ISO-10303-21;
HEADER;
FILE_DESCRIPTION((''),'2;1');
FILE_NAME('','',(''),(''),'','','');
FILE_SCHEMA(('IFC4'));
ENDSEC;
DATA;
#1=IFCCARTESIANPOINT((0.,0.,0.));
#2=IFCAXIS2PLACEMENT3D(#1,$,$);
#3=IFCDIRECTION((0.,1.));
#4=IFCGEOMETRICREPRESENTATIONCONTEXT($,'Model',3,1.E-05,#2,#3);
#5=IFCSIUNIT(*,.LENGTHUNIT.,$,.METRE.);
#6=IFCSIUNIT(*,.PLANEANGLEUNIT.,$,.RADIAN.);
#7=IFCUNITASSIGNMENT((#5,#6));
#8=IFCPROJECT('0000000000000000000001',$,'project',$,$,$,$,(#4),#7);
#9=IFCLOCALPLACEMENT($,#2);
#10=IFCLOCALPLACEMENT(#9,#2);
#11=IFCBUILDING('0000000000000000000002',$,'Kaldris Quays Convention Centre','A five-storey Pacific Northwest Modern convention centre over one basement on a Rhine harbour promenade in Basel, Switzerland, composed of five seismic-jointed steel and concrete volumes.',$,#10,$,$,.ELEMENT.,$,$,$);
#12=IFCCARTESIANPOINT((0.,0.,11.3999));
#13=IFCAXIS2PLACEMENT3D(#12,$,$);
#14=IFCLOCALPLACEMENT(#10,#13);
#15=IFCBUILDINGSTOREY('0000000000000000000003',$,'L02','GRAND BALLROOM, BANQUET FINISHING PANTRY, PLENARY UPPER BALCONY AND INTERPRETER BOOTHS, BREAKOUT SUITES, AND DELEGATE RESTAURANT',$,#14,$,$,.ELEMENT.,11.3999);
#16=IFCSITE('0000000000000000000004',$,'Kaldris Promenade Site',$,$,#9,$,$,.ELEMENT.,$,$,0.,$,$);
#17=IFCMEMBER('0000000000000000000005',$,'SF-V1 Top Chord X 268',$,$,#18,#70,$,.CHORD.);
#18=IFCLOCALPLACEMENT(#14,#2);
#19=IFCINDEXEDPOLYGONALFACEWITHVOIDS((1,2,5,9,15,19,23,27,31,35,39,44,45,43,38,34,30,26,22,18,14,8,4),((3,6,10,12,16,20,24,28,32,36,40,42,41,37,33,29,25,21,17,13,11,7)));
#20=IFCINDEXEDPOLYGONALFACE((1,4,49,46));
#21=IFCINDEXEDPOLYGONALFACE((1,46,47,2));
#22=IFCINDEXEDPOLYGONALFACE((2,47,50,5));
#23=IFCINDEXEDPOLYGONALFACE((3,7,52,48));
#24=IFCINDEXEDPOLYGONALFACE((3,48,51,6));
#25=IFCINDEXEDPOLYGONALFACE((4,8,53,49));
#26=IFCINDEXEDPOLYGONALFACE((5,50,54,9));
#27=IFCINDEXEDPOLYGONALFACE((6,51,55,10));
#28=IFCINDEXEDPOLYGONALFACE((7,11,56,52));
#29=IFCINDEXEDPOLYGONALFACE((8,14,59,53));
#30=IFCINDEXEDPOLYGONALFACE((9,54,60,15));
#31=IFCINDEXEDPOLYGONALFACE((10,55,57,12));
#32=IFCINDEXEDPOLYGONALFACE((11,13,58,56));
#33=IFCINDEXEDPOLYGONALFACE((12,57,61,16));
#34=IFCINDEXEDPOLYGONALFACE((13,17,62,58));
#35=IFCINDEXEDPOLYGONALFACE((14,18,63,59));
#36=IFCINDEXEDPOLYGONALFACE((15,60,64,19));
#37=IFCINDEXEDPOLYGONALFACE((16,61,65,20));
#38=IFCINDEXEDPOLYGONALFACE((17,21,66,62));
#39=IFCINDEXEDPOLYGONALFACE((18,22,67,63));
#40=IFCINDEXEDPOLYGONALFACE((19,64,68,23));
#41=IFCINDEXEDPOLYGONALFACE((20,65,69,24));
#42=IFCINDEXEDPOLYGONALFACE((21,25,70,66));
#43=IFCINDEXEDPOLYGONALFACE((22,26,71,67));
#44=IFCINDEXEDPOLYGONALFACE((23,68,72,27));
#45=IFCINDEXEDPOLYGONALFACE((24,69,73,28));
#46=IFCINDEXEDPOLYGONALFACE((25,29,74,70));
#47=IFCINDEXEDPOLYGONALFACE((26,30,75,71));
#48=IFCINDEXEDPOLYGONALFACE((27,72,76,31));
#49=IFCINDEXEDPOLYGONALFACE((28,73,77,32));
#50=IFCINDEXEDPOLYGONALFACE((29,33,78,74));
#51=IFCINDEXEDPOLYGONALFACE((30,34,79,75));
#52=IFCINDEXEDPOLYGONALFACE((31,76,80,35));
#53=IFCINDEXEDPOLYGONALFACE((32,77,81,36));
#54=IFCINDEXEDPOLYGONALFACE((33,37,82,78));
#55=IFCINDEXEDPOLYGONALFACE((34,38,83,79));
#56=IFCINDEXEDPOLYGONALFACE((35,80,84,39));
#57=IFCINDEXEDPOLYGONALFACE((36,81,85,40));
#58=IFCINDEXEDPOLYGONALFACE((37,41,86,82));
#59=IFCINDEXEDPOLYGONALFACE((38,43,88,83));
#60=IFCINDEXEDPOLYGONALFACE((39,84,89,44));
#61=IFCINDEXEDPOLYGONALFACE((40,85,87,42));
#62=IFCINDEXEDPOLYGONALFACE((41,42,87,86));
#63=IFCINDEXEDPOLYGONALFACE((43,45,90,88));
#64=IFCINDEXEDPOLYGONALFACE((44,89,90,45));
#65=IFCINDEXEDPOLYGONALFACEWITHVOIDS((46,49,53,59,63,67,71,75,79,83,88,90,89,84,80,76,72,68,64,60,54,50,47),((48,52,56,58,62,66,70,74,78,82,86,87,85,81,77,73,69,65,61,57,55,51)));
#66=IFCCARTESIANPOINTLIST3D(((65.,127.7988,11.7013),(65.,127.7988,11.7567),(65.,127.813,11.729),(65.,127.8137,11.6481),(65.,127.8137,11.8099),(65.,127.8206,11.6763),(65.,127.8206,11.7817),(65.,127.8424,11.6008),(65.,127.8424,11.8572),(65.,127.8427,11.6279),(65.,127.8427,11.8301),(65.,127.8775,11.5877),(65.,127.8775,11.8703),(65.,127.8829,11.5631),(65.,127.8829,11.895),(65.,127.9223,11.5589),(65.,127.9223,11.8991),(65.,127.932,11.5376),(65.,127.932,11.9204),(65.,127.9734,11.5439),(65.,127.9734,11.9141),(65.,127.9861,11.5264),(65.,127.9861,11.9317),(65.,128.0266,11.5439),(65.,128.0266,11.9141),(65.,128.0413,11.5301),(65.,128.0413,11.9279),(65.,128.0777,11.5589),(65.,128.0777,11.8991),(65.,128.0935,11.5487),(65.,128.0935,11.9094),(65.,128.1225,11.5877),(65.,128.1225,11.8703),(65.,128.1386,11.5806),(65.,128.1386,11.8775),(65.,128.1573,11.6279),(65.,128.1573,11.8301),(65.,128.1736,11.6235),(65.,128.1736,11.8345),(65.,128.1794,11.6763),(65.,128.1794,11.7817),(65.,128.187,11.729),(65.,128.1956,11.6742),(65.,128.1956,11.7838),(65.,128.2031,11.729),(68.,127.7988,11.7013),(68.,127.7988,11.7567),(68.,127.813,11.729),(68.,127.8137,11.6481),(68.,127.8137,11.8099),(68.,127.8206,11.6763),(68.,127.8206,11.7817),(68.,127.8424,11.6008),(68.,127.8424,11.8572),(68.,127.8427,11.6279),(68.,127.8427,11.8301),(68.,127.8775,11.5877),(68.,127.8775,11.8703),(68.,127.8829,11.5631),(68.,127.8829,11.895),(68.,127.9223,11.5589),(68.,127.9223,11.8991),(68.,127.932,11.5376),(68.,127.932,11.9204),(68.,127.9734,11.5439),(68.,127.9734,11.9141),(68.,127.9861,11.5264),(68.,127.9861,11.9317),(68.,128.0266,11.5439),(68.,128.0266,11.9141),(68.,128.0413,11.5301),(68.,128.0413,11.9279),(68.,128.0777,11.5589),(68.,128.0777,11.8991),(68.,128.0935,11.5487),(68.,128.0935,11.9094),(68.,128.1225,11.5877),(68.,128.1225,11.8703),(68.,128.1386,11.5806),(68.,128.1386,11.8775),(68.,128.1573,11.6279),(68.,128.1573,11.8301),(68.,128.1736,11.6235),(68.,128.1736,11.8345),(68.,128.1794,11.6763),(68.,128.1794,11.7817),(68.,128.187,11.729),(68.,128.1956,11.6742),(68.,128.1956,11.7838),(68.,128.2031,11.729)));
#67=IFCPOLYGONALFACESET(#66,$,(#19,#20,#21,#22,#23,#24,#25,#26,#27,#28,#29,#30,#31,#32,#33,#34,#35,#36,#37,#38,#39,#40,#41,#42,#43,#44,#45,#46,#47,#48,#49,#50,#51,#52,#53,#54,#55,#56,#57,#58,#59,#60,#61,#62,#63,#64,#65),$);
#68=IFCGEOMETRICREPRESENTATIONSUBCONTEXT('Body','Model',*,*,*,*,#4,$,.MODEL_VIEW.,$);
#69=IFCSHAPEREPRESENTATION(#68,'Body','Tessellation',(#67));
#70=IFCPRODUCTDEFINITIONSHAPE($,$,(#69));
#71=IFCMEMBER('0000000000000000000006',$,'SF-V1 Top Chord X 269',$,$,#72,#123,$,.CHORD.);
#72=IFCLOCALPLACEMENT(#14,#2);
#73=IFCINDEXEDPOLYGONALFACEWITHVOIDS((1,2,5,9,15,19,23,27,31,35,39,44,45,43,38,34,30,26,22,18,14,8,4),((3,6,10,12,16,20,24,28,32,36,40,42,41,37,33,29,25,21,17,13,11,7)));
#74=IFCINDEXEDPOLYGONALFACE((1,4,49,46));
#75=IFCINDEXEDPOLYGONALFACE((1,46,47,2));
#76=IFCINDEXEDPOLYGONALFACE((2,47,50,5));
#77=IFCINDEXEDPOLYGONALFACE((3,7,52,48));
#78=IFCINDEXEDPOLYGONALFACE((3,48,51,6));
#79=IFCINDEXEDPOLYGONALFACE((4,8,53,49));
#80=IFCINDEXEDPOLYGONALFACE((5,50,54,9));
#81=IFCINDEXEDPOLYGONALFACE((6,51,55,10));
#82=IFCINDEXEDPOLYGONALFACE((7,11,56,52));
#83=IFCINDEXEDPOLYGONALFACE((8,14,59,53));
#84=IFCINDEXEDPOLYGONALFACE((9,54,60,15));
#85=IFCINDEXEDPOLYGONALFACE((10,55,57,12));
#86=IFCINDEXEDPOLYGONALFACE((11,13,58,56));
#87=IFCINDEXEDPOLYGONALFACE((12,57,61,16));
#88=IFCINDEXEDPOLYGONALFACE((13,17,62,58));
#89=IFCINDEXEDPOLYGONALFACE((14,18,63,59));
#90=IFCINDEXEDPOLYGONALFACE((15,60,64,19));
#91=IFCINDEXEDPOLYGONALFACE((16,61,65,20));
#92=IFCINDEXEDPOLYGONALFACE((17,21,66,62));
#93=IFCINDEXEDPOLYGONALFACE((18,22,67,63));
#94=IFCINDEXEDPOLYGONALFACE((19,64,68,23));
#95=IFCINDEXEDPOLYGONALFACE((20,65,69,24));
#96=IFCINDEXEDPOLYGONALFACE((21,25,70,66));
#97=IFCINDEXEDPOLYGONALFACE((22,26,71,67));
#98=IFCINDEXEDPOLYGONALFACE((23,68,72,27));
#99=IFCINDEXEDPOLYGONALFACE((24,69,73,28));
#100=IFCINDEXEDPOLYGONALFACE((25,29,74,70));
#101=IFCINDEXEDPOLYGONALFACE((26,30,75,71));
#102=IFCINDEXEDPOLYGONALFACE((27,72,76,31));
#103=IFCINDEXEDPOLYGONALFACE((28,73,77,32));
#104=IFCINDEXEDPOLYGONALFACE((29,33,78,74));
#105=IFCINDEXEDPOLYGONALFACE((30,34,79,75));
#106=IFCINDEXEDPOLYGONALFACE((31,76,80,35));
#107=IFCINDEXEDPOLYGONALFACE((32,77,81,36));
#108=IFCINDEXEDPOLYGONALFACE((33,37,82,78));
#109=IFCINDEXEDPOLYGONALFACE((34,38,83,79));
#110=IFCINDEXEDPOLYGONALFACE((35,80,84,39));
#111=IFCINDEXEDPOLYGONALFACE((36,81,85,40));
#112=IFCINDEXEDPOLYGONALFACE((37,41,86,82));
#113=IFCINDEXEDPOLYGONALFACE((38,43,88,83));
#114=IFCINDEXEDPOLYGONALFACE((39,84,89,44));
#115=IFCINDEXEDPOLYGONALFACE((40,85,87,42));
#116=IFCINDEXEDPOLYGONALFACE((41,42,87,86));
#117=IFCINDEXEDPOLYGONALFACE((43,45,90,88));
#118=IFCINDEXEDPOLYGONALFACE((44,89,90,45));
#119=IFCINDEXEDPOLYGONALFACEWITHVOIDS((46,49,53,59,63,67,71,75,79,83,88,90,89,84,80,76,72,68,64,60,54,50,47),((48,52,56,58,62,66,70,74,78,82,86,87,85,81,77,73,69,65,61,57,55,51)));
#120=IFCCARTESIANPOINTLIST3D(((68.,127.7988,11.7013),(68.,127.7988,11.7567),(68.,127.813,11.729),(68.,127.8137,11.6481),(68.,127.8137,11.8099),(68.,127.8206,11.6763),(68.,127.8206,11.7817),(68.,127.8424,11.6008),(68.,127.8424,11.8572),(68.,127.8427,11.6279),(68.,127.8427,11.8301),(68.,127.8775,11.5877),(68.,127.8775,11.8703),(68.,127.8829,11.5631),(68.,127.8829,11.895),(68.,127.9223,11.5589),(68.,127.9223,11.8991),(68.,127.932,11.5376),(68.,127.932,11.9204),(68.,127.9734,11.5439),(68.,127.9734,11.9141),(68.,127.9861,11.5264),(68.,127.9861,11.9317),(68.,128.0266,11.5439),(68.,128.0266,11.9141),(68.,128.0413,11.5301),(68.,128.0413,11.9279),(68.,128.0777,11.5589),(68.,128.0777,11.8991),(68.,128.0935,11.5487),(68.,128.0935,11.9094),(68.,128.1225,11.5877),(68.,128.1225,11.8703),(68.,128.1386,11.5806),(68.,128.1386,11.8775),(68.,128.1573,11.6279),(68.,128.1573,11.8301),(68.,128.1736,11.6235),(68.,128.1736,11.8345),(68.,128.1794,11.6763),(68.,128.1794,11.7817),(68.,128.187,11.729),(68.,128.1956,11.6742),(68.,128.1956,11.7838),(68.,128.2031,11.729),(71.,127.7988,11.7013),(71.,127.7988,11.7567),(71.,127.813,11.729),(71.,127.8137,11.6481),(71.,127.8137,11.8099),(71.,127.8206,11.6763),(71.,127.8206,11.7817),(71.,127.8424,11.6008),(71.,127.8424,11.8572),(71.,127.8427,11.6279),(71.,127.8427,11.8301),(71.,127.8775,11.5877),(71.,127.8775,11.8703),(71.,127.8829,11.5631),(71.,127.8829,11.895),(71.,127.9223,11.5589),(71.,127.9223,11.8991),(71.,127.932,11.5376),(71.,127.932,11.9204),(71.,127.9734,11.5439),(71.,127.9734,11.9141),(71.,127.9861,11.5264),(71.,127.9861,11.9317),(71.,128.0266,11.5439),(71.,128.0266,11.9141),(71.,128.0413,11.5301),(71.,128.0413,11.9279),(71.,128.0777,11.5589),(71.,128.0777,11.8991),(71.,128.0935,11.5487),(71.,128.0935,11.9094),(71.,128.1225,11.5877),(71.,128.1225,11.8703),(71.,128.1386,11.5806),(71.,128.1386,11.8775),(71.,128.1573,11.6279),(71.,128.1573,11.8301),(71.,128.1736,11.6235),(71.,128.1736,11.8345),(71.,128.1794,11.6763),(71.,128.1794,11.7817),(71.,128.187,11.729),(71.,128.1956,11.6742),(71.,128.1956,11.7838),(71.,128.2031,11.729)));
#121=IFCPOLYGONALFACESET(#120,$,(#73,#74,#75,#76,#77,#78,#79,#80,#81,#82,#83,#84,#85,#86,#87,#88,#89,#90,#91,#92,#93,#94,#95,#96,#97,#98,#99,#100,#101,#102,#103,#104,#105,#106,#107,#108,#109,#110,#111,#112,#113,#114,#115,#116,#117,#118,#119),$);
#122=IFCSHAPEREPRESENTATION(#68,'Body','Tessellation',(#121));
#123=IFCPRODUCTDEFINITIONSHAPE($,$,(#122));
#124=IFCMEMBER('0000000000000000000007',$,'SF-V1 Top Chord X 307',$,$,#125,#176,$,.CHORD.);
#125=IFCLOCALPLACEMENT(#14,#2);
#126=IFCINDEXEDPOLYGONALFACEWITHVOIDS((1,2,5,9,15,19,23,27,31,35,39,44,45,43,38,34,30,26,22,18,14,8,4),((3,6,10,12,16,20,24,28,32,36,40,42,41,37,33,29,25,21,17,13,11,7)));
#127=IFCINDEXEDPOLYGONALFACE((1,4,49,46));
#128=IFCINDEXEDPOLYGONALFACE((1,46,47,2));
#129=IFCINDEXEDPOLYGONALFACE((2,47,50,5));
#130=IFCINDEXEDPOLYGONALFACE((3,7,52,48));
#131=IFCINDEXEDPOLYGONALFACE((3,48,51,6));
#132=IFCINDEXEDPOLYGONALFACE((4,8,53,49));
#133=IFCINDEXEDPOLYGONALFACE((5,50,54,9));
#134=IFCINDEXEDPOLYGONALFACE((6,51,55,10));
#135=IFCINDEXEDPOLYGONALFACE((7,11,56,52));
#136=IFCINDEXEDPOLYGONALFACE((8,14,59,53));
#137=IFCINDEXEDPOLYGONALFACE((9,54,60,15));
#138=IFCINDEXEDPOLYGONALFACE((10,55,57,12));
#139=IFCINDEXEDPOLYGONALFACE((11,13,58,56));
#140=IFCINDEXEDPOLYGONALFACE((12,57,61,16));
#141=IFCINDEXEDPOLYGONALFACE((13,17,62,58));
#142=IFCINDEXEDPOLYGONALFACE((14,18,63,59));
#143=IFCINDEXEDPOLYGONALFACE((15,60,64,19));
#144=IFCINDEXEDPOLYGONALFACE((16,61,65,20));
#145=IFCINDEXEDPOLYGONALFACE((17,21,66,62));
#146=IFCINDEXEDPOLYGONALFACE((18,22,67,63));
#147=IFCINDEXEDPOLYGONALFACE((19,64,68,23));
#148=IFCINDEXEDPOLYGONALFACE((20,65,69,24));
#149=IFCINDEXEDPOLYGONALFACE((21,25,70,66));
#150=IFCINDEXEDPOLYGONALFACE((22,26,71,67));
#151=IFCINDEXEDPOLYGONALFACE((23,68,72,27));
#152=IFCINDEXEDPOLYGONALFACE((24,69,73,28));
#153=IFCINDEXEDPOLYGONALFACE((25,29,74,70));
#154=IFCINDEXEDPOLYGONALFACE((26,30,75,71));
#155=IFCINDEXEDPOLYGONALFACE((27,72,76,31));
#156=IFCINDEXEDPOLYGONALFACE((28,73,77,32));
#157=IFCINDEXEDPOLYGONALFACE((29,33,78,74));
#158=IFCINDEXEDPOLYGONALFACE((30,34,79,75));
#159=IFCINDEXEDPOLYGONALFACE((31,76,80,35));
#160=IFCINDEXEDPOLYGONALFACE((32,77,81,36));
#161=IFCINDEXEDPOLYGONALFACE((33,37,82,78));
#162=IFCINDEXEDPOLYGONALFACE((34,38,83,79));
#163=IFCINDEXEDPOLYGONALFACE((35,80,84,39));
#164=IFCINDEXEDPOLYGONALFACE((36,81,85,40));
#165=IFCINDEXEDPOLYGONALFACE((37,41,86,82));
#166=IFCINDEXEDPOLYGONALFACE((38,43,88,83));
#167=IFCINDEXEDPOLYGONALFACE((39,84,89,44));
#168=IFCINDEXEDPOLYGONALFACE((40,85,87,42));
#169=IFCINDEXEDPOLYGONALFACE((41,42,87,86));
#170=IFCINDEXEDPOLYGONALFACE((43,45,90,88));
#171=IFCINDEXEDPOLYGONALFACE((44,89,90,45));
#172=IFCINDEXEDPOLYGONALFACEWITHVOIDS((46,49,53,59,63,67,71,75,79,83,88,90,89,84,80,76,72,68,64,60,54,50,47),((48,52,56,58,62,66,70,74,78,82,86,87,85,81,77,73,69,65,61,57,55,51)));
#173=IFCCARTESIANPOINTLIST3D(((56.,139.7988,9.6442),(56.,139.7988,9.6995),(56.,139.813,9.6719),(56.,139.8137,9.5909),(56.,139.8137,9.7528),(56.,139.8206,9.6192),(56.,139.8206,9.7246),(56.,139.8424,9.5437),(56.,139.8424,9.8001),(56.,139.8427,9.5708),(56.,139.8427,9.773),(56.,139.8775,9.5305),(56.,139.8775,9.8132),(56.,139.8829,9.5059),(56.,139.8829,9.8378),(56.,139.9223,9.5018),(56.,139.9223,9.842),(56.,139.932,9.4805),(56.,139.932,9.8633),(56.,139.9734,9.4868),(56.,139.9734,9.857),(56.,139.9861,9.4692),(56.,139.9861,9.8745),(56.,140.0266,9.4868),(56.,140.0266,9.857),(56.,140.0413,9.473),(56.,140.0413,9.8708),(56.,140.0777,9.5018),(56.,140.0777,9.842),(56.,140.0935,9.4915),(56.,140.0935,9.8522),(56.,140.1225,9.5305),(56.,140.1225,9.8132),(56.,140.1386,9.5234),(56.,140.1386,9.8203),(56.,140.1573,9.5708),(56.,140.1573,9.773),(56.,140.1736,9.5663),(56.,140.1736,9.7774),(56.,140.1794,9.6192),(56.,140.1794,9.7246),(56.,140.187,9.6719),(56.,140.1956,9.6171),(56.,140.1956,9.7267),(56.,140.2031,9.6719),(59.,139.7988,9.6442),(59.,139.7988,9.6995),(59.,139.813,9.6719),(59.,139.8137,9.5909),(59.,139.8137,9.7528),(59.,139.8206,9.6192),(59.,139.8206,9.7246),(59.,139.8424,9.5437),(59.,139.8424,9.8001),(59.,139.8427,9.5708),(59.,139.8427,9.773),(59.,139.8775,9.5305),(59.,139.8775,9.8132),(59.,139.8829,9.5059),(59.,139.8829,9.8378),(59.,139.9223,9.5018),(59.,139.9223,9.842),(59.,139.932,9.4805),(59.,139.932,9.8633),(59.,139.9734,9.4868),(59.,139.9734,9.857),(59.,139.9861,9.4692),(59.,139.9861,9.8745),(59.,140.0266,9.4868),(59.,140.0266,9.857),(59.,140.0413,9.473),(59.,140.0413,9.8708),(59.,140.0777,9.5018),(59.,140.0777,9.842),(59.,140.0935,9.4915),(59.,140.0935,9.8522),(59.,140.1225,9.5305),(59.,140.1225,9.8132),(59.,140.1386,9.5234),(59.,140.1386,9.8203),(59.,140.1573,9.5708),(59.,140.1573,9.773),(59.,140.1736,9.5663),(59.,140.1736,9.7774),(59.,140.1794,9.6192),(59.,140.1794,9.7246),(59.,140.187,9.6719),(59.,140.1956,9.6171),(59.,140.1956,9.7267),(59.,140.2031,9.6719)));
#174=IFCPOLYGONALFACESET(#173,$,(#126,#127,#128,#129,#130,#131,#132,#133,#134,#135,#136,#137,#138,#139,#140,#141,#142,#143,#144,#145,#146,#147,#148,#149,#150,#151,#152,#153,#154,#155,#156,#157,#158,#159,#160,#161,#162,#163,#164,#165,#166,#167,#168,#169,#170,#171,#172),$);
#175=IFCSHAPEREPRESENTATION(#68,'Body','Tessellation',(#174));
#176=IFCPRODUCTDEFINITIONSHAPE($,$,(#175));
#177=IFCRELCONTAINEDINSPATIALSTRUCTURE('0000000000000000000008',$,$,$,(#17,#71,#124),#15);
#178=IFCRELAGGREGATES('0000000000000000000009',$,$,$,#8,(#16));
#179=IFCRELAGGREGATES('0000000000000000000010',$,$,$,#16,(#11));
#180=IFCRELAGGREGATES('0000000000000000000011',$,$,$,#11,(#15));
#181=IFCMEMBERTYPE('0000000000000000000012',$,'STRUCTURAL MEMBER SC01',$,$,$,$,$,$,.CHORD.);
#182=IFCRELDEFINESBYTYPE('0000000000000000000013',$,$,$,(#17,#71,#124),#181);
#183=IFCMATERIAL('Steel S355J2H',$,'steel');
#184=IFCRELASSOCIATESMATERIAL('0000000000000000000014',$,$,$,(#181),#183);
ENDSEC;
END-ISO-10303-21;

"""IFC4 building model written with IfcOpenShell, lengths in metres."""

from ifc_helpers import new_model, si_unit, direction, frame, origin, origin_2d, place, context, subcontext, project, spatial, hollow_circle, extrude, material, material_profile, profile_set, type_object, element, save


model = new_model("IFC4")

# Units and contexts
model_context = context("Model", 3, precision=1e-05, world=origin(), true_north=direction((0.0, 1.0)))
body_context = subcontext(model_context, "Body", "Model", "MODEL_VIEW")
ifc_project = project(units=[si_unit("LENGTHUNIT", "METRE"), si_unit("PLANEANGLEUNIT", "RADIAN")], contexts=[model_context])

# Site, building, storey
site_placement = place(None, origin())
site = spatial("IfcSite", under=ifc_project, at=site_placement, Name="Kaldris Promenade Site", CompositionType="ELEMENT", RefElevation=0.0)
building_placement = place(site_placement, origin())
building = spatial("IfcBuilding", under=site, at=building_placement, Name="Kaldris Quays Convention Centre", Description="A five-storey Pacific Northwest Modern convention centre over one basement on a Rhine harbour promenade in Basel, Switzerland, composed of five seismic-jointed steel and concrete volumes.", CompositionType="ELEMENT")
storey_placement = place(building_placement, frame((0.0, 0.0, 11.3999)))
storey = spatial("IfcBuildingStorey", under=building, at=storey_placement, Name="L02", Description="GRAND BALLROOM, BANQUET FINISHING PANTRY, PLENARY UPPER BALCONY AND INTERPRETER BOOTHS, BREAKOUT SUITES, AND DELEGATE RESTAURANT", CompositionType="ELEMENT", Elevation=11.3999)

# Members
ifc_material_1 = material(Name="Steel S355J2H", Category="steel")
ifc_material_profile_1 = material_profile(ifc_material_1, hollow_circle(Radius=0.2031, WallThickness=0.0161, at=origin_2d()), Name="CHS 406.4x16")
ifc_profile_set_1 = profile_set([ifc_material_profile_1], Name="Steel S355J2H")
member_type_1 = type_object("IfcMemberType", Name="STRUCTURAL MEMBER SC01", PredefinedType="CHORD", material=ifc_profile_set_1)
for number, where, z_axis, x_axis, name in (
    (1, (65.0, 128.0, 11.729), (1.0, 0.0, 0.0), (0.0, 1.0, 0.0), "SF-V1 Top Chord X 268"),
    (2, (68.0, 128.0, 11.729), (1.0, 0.0, 0.0), (0.0, 1.0, 0.0), "SF-V1 Top Chord X 269"),
    (3, (56.0, 140.0, 9.6719), (1.0, 0.0, 0.0), (0.0, 1.0, 0.0), "SF-V1 Top Chord X 307"),
):
    element("IfcMember", number, at=place(storey_placement, frame(where, z_axis=z_axis, x_axis=x_axis)), inside=storey, type_object=member_type_1, Name=name, PredefinedType="CHORD", context=body_context, shape_type="SweptSolid", body=[
        extrude(hollow_circle(Radius=0.2031, WallThickness=0.0161, at=origin_2d()), origin(), (0.0, 0.0, 1.0), 3.0),
    ])

save(model, "model.ifc")
